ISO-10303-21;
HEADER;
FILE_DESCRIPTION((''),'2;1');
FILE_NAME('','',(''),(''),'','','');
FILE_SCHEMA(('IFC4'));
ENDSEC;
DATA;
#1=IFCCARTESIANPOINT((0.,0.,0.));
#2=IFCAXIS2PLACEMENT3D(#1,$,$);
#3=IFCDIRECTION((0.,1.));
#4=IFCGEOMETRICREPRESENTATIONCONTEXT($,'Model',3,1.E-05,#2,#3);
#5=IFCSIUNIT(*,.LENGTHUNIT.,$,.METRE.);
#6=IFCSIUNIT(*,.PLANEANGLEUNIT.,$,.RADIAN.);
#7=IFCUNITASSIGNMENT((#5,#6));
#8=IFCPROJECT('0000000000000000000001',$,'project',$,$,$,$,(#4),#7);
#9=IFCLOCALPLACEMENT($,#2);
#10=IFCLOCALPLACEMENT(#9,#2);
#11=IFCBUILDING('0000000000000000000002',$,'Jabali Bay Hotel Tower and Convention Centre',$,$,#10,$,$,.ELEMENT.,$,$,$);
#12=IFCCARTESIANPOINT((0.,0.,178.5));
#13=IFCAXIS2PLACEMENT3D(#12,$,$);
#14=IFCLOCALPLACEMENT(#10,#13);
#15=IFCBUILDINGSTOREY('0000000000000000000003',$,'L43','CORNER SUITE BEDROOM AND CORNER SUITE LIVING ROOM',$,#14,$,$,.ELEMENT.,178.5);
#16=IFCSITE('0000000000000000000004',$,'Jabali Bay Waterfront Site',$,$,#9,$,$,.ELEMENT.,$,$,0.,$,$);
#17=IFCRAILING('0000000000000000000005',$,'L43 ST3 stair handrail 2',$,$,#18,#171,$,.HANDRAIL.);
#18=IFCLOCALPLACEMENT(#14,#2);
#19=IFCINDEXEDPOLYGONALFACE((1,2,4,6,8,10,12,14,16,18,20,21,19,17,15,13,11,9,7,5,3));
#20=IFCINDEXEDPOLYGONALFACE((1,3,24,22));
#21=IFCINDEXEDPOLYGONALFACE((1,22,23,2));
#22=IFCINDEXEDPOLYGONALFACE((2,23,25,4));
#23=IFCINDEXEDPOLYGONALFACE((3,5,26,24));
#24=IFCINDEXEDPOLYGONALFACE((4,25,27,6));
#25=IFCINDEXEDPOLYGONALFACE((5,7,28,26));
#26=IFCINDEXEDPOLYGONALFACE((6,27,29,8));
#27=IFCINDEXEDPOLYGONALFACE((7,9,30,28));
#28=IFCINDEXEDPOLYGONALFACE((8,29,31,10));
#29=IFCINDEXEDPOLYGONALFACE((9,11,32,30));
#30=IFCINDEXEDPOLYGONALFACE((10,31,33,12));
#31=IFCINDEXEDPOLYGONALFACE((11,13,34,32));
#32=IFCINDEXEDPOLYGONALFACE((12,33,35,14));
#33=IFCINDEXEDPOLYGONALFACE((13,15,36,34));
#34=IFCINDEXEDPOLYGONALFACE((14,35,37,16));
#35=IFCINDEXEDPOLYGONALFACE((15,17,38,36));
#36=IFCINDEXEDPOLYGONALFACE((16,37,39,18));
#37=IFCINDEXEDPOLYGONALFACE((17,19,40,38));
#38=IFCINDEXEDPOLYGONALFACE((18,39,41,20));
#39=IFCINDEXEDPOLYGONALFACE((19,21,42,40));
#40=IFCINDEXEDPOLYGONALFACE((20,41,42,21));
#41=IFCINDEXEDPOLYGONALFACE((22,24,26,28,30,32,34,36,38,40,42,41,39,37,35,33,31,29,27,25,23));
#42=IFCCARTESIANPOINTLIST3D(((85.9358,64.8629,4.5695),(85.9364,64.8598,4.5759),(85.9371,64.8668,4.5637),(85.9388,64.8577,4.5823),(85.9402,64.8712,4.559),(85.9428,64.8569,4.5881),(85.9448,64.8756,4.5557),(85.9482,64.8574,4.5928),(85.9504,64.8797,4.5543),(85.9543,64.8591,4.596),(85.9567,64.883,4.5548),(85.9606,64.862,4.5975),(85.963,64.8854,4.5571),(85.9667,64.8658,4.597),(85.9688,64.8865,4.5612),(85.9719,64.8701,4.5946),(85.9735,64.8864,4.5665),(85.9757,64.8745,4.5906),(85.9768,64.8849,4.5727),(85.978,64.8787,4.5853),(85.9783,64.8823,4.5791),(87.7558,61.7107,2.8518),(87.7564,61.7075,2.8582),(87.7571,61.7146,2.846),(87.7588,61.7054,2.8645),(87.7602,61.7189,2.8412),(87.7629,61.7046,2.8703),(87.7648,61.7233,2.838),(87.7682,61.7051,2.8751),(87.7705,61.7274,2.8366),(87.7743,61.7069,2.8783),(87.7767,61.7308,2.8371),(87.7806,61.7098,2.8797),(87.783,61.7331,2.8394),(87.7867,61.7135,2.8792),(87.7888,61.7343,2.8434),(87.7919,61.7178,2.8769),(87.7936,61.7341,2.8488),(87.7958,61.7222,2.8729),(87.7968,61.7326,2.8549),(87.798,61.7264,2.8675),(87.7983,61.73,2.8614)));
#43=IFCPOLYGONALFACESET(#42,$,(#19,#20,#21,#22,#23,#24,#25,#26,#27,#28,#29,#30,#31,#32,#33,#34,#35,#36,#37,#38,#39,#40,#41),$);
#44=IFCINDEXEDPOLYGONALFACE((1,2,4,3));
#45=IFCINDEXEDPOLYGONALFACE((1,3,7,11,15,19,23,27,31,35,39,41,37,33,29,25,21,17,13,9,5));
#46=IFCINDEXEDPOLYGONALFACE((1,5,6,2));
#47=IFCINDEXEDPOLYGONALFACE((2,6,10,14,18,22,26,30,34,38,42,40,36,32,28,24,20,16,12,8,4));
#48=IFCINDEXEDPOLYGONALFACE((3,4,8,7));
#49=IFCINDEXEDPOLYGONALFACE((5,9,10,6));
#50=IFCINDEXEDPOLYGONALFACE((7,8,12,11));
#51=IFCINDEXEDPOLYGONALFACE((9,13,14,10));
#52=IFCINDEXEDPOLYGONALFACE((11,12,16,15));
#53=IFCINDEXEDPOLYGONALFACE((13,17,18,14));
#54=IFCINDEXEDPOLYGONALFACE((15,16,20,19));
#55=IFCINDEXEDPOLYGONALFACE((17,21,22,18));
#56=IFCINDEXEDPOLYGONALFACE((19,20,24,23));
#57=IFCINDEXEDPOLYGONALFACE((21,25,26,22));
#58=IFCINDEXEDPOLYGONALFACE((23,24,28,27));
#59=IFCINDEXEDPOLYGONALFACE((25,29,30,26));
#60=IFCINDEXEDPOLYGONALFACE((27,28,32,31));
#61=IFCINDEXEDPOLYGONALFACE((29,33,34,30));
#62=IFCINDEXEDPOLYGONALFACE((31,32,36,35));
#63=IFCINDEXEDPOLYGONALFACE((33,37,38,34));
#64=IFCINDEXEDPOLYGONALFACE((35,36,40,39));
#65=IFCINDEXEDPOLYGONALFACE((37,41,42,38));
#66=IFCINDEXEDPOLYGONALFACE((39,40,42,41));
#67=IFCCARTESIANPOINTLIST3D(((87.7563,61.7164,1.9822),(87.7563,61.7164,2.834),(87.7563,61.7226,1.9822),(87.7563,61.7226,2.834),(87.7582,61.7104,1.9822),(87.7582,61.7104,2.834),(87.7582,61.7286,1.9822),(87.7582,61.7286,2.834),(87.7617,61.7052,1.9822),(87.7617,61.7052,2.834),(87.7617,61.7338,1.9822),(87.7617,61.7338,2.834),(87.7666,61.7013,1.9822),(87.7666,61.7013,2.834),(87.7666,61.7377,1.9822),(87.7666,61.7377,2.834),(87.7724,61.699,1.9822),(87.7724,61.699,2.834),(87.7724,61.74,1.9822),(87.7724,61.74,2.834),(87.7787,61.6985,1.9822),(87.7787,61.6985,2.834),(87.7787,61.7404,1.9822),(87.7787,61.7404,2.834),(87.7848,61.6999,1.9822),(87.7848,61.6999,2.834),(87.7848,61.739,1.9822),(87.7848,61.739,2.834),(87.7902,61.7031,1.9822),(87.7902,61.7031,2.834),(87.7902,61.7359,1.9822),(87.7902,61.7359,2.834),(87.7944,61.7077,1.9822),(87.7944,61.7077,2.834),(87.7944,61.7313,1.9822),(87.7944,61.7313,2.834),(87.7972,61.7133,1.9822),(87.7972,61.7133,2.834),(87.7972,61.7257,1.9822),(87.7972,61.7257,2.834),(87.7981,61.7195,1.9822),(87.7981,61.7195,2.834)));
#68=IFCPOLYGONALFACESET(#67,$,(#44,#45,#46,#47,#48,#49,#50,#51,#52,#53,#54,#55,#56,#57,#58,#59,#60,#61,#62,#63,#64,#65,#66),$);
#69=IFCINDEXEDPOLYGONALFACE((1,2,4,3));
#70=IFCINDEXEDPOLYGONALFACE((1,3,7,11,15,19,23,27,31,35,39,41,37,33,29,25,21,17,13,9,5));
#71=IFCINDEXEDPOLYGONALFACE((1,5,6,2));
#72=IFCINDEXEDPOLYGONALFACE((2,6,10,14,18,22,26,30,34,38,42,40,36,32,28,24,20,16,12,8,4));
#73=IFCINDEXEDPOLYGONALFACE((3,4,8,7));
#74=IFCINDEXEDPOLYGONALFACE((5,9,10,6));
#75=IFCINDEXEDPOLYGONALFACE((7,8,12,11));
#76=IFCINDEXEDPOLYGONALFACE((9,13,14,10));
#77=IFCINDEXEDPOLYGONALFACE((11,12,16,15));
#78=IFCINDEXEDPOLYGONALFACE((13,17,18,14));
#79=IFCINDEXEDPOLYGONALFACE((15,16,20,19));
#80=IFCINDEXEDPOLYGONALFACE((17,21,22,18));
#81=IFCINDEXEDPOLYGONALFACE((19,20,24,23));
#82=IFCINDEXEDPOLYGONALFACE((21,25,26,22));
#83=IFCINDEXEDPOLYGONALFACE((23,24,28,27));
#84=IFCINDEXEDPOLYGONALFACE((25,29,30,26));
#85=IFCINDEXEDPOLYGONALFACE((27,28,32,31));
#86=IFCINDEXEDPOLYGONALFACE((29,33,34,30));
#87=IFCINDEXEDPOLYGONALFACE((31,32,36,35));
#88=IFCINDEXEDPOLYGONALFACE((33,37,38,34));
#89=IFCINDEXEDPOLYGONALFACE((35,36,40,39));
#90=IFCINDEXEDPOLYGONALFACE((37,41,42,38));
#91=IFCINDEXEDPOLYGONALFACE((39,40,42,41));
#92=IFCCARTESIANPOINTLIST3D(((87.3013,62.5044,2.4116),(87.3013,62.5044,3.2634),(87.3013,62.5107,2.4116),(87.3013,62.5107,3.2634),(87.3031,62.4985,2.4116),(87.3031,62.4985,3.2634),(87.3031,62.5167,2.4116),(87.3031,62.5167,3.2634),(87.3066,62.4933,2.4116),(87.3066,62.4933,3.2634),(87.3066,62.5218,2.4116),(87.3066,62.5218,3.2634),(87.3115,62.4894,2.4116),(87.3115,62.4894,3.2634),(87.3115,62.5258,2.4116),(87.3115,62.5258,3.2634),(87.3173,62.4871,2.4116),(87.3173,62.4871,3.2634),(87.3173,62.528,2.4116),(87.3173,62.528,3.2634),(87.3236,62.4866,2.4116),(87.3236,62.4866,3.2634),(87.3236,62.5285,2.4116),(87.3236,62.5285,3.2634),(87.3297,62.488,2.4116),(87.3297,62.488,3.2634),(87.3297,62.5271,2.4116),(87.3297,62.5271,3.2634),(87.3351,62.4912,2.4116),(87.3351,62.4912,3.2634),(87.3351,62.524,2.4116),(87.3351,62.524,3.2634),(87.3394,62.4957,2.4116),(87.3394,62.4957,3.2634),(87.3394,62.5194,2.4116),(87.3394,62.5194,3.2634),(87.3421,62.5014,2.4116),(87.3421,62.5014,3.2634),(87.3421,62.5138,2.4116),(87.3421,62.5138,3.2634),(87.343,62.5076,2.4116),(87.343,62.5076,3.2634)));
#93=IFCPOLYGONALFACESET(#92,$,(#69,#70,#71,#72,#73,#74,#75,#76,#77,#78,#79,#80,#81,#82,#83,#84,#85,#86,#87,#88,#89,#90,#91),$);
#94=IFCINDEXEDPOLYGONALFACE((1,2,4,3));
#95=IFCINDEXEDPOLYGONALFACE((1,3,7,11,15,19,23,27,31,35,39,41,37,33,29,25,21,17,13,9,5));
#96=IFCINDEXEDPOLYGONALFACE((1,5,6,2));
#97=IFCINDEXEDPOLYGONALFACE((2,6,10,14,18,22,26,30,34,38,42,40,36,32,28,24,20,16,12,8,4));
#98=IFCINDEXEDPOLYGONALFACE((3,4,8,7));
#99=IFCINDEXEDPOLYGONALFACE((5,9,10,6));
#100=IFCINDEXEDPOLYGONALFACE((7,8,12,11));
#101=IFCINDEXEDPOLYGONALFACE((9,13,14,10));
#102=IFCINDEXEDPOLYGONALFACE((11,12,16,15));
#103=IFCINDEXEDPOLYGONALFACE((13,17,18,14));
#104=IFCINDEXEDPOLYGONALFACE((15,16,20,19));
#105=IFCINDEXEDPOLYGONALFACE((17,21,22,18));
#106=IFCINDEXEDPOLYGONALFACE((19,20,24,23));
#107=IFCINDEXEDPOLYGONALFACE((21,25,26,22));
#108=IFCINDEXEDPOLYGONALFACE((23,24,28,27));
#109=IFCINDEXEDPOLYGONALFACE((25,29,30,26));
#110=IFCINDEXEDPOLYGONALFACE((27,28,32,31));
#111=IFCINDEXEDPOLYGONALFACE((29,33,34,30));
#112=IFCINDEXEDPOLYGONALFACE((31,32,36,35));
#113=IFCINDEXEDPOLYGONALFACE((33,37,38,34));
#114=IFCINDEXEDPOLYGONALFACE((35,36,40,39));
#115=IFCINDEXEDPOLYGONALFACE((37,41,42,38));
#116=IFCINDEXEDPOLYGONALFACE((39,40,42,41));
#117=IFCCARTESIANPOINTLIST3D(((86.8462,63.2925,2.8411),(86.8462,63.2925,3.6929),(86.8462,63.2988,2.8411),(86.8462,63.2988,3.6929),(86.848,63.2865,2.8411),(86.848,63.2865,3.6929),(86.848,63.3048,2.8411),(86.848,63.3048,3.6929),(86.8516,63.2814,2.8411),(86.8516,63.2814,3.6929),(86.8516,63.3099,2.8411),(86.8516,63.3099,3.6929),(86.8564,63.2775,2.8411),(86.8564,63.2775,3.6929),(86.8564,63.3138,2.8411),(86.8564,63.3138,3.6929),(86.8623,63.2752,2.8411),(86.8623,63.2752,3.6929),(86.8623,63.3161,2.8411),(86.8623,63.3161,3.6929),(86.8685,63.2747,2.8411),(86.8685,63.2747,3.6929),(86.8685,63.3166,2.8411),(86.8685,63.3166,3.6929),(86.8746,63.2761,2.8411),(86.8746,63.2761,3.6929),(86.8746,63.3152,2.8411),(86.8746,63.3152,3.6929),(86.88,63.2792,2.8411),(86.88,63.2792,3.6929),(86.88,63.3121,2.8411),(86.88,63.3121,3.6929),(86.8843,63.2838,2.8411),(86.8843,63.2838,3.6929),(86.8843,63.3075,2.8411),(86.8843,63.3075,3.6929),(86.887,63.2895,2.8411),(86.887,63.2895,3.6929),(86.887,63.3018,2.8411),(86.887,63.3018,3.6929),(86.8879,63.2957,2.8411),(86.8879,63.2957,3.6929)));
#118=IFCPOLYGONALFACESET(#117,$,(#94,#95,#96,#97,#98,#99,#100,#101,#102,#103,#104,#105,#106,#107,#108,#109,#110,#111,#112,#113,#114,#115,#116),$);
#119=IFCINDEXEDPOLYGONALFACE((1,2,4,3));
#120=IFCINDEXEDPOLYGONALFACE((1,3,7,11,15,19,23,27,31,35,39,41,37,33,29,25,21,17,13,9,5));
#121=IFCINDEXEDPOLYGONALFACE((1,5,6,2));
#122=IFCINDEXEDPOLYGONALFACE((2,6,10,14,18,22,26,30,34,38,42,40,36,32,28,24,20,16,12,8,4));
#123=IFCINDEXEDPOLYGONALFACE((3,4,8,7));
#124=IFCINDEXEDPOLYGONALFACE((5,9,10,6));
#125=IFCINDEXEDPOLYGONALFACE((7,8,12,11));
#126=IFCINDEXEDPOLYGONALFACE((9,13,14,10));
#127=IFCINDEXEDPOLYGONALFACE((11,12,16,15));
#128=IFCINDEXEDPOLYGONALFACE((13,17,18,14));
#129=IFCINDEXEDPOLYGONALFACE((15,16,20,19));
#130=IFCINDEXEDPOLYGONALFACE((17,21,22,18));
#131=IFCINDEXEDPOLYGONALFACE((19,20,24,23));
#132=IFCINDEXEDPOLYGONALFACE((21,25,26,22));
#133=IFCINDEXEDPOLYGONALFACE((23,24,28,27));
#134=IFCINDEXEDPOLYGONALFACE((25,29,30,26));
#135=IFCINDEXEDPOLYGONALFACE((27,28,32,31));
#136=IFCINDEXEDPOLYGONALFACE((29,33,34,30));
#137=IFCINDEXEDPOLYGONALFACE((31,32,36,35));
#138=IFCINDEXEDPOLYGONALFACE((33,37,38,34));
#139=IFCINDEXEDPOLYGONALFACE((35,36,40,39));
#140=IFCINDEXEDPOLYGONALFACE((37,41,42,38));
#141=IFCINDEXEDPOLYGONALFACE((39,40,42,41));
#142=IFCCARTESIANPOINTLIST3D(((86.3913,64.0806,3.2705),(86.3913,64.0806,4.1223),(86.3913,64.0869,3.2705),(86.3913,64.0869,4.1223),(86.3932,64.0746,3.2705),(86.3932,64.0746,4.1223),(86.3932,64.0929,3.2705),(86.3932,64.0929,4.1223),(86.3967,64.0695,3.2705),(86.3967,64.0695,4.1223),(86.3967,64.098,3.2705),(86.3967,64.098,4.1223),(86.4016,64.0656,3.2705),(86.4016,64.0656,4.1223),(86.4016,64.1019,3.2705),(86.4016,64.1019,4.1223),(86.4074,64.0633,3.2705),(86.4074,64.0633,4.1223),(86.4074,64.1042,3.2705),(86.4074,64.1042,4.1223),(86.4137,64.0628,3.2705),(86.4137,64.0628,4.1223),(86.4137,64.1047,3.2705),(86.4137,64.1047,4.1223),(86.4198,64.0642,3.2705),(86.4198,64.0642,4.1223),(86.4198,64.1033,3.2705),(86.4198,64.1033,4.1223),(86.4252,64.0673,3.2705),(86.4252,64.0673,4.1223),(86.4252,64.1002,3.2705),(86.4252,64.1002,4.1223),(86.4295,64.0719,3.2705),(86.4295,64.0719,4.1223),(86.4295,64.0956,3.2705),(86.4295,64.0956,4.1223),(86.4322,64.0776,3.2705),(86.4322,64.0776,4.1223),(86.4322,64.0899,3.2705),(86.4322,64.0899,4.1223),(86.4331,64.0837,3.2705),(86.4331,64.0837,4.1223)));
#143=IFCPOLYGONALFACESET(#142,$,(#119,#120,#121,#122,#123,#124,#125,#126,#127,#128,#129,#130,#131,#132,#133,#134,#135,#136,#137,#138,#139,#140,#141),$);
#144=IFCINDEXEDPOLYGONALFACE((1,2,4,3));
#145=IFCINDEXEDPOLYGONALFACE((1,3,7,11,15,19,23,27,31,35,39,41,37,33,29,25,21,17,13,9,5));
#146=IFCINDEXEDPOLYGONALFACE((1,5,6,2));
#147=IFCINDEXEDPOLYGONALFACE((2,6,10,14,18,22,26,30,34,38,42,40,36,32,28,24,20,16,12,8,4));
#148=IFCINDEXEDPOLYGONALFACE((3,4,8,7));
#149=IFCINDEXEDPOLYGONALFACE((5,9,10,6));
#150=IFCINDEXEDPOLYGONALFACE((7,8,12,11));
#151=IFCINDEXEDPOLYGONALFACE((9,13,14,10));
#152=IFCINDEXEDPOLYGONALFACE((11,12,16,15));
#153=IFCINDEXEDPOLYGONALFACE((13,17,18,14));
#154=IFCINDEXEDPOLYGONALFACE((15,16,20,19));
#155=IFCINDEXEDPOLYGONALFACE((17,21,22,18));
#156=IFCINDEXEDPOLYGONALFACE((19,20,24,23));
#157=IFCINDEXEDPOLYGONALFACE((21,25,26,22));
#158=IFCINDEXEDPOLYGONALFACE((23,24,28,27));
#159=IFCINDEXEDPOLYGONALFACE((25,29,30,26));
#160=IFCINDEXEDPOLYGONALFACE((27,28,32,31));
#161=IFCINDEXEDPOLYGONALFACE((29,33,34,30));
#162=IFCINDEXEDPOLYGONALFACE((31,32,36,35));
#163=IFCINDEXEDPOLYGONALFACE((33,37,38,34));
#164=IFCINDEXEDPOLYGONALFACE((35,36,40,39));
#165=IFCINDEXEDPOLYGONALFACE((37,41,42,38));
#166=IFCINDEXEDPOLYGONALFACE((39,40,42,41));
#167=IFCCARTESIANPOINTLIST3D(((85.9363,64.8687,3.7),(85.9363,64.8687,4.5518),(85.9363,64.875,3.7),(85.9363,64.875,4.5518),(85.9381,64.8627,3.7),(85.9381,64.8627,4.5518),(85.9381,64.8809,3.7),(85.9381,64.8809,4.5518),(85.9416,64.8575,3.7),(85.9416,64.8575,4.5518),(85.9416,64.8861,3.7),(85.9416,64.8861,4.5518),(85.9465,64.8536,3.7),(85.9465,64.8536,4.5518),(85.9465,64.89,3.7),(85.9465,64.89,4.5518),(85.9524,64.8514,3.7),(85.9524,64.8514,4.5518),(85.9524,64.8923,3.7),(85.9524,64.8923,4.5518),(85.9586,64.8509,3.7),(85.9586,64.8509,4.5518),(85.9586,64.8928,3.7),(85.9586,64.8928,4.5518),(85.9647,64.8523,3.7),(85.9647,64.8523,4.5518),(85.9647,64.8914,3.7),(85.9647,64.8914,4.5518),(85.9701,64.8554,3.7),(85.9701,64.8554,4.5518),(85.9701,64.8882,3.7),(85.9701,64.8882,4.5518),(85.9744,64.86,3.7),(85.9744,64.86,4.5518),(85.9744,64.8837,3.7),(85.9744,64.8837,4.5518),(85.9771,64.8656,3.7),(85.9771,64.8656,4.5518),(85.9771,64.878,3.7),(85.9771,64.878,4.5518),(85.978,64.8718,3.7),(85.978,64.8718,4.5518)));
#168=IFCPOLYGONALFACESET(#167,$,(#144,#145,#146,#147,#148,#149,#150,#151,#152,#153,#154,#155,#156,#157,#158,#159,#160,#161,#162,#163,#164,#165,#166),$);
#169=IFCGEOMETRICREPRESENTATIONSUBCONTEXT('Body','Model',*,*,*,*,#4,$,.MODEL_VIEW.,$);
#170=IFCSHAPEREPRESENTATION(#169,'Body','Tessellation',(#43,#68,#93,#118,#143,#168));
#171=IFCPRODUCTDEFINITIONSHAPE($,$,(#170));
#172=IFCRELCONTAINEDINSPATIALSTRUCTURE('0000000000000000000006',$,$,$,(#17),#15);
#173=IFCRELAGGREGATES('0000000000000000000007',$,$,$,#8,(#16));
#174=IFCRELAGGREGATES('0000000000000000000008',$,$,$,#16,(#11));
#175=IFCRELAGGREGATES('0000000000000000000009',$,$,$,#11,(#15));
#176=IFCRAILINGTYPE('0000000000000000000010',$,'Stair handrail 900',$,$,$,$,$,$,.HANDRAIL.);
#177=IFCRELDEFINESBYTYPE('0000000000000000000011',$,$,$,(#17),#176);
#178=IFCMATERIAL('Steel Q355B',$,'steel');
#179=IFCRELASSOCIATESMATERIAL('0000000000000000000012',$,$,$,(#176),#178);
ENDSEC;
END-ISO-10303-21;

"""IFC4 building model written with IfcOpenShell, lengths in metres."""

from ifc_helpers import new_model, si_unit, direction, frame, origin, origin_2d, place, context, subcontext, project, spatial, circle, extrude, material, type_object, element, save


model = new_model("IFC4")

# Units and contexts
model_context = context("Model", 3, precision=1e-05, world=origin(), true_north=direction((0.0, 1.0)))
body_context = subcontext(model_context, "Body", "Model", "MODEL_VIEW")
ifc_project = project(units=[si_unit("LENGTHUNIT", "METRE"), si_unit("PLANEANGLEUNIT", "RADIAN")], contexts=[model_context])

# Site, building, storey
site_placement = place(None, origin())
site = spatial("IfcSite", under=ifc_project, at=site_placement, Name="Jabali Bay Waterfront Site", CompositionType="ELEMENT", RefElevation=0.0)
building_placement = place(site_placement, origin())
building = spatial("IfcBuilding", under=site, at=building_placement, Name="Jabali Bay Hotel Tower and Convention Centre", CompositionType="ELEMENT")
storey_placement = place(building_placement, frame((0.0, 0.0, 178.5)))
storey = spatial("IfcBuildingStorey", under=building, at=storey_placement, Name="L43", Description="CORNER SUITE BEDROOM AND CORNER SUITE LIVING ROOM", CompositionType="ELEMENT", Elevation=178.5)

# Railing
ifc_material_1 = material(Name="Steel Q355B", Category="steel")
railing_type_1 = type_object("IfcRailingType", Name="Stair handrail 900", PredefinedType="HANDRAIL", material=ifc_material_1)
railing_1_placement = place(storey_placement, frame((87.7771, 61.7195, 1.9822)))
element("IfcRailing", 1, at=railing_1_placement, inside=storey, type_object=railing_type_1, Name="L43 ST3 stair handrail 2", PredefinedType="HANDRAIL", context=body_context, shape_type="SweptSolid", body=[
    extrude(circle(Radius=0.0239, at=origin_2d()), frame((0.0, 0.0, 0.876), z_axis=(-0.45219, 0.78319, 0.426775), x_axis=(-0.866018, -0.500013, 0.0)), (0.0, 0.0, 1.0), 4.0249),
    extrude(circle(Radius=0.021, at=origin_2d()), origin(), (0.0, 0.0, 1.0), 0.8518),
    extrude(circle(Radius=0.021, at=origin_2d()), frame((-0.4551, 0.7881, 0.4294)), (0.0, 0.0, 1.0), 0.8518),
    extrude(circle(Radius=0.021, at=origin_2d()), frame((-0.9102, 1.5762, 0.8589)), (0.0, 0.0, 1.0), 0.8518),
    extrude(circle(Radius=0.021, at=origin_2d()), frame((-1.365, 2.3643, 1.2883)), (0.0, 0.0, 1.0), 0.8518),
    extrude(circle(Radius=0.021, at=origin_2d()), frame((-1.8201, 3.1523, 1.7178)), (0.0, 0.0, 1.0), 0.8518),
])

save(model, "model.ifc")
